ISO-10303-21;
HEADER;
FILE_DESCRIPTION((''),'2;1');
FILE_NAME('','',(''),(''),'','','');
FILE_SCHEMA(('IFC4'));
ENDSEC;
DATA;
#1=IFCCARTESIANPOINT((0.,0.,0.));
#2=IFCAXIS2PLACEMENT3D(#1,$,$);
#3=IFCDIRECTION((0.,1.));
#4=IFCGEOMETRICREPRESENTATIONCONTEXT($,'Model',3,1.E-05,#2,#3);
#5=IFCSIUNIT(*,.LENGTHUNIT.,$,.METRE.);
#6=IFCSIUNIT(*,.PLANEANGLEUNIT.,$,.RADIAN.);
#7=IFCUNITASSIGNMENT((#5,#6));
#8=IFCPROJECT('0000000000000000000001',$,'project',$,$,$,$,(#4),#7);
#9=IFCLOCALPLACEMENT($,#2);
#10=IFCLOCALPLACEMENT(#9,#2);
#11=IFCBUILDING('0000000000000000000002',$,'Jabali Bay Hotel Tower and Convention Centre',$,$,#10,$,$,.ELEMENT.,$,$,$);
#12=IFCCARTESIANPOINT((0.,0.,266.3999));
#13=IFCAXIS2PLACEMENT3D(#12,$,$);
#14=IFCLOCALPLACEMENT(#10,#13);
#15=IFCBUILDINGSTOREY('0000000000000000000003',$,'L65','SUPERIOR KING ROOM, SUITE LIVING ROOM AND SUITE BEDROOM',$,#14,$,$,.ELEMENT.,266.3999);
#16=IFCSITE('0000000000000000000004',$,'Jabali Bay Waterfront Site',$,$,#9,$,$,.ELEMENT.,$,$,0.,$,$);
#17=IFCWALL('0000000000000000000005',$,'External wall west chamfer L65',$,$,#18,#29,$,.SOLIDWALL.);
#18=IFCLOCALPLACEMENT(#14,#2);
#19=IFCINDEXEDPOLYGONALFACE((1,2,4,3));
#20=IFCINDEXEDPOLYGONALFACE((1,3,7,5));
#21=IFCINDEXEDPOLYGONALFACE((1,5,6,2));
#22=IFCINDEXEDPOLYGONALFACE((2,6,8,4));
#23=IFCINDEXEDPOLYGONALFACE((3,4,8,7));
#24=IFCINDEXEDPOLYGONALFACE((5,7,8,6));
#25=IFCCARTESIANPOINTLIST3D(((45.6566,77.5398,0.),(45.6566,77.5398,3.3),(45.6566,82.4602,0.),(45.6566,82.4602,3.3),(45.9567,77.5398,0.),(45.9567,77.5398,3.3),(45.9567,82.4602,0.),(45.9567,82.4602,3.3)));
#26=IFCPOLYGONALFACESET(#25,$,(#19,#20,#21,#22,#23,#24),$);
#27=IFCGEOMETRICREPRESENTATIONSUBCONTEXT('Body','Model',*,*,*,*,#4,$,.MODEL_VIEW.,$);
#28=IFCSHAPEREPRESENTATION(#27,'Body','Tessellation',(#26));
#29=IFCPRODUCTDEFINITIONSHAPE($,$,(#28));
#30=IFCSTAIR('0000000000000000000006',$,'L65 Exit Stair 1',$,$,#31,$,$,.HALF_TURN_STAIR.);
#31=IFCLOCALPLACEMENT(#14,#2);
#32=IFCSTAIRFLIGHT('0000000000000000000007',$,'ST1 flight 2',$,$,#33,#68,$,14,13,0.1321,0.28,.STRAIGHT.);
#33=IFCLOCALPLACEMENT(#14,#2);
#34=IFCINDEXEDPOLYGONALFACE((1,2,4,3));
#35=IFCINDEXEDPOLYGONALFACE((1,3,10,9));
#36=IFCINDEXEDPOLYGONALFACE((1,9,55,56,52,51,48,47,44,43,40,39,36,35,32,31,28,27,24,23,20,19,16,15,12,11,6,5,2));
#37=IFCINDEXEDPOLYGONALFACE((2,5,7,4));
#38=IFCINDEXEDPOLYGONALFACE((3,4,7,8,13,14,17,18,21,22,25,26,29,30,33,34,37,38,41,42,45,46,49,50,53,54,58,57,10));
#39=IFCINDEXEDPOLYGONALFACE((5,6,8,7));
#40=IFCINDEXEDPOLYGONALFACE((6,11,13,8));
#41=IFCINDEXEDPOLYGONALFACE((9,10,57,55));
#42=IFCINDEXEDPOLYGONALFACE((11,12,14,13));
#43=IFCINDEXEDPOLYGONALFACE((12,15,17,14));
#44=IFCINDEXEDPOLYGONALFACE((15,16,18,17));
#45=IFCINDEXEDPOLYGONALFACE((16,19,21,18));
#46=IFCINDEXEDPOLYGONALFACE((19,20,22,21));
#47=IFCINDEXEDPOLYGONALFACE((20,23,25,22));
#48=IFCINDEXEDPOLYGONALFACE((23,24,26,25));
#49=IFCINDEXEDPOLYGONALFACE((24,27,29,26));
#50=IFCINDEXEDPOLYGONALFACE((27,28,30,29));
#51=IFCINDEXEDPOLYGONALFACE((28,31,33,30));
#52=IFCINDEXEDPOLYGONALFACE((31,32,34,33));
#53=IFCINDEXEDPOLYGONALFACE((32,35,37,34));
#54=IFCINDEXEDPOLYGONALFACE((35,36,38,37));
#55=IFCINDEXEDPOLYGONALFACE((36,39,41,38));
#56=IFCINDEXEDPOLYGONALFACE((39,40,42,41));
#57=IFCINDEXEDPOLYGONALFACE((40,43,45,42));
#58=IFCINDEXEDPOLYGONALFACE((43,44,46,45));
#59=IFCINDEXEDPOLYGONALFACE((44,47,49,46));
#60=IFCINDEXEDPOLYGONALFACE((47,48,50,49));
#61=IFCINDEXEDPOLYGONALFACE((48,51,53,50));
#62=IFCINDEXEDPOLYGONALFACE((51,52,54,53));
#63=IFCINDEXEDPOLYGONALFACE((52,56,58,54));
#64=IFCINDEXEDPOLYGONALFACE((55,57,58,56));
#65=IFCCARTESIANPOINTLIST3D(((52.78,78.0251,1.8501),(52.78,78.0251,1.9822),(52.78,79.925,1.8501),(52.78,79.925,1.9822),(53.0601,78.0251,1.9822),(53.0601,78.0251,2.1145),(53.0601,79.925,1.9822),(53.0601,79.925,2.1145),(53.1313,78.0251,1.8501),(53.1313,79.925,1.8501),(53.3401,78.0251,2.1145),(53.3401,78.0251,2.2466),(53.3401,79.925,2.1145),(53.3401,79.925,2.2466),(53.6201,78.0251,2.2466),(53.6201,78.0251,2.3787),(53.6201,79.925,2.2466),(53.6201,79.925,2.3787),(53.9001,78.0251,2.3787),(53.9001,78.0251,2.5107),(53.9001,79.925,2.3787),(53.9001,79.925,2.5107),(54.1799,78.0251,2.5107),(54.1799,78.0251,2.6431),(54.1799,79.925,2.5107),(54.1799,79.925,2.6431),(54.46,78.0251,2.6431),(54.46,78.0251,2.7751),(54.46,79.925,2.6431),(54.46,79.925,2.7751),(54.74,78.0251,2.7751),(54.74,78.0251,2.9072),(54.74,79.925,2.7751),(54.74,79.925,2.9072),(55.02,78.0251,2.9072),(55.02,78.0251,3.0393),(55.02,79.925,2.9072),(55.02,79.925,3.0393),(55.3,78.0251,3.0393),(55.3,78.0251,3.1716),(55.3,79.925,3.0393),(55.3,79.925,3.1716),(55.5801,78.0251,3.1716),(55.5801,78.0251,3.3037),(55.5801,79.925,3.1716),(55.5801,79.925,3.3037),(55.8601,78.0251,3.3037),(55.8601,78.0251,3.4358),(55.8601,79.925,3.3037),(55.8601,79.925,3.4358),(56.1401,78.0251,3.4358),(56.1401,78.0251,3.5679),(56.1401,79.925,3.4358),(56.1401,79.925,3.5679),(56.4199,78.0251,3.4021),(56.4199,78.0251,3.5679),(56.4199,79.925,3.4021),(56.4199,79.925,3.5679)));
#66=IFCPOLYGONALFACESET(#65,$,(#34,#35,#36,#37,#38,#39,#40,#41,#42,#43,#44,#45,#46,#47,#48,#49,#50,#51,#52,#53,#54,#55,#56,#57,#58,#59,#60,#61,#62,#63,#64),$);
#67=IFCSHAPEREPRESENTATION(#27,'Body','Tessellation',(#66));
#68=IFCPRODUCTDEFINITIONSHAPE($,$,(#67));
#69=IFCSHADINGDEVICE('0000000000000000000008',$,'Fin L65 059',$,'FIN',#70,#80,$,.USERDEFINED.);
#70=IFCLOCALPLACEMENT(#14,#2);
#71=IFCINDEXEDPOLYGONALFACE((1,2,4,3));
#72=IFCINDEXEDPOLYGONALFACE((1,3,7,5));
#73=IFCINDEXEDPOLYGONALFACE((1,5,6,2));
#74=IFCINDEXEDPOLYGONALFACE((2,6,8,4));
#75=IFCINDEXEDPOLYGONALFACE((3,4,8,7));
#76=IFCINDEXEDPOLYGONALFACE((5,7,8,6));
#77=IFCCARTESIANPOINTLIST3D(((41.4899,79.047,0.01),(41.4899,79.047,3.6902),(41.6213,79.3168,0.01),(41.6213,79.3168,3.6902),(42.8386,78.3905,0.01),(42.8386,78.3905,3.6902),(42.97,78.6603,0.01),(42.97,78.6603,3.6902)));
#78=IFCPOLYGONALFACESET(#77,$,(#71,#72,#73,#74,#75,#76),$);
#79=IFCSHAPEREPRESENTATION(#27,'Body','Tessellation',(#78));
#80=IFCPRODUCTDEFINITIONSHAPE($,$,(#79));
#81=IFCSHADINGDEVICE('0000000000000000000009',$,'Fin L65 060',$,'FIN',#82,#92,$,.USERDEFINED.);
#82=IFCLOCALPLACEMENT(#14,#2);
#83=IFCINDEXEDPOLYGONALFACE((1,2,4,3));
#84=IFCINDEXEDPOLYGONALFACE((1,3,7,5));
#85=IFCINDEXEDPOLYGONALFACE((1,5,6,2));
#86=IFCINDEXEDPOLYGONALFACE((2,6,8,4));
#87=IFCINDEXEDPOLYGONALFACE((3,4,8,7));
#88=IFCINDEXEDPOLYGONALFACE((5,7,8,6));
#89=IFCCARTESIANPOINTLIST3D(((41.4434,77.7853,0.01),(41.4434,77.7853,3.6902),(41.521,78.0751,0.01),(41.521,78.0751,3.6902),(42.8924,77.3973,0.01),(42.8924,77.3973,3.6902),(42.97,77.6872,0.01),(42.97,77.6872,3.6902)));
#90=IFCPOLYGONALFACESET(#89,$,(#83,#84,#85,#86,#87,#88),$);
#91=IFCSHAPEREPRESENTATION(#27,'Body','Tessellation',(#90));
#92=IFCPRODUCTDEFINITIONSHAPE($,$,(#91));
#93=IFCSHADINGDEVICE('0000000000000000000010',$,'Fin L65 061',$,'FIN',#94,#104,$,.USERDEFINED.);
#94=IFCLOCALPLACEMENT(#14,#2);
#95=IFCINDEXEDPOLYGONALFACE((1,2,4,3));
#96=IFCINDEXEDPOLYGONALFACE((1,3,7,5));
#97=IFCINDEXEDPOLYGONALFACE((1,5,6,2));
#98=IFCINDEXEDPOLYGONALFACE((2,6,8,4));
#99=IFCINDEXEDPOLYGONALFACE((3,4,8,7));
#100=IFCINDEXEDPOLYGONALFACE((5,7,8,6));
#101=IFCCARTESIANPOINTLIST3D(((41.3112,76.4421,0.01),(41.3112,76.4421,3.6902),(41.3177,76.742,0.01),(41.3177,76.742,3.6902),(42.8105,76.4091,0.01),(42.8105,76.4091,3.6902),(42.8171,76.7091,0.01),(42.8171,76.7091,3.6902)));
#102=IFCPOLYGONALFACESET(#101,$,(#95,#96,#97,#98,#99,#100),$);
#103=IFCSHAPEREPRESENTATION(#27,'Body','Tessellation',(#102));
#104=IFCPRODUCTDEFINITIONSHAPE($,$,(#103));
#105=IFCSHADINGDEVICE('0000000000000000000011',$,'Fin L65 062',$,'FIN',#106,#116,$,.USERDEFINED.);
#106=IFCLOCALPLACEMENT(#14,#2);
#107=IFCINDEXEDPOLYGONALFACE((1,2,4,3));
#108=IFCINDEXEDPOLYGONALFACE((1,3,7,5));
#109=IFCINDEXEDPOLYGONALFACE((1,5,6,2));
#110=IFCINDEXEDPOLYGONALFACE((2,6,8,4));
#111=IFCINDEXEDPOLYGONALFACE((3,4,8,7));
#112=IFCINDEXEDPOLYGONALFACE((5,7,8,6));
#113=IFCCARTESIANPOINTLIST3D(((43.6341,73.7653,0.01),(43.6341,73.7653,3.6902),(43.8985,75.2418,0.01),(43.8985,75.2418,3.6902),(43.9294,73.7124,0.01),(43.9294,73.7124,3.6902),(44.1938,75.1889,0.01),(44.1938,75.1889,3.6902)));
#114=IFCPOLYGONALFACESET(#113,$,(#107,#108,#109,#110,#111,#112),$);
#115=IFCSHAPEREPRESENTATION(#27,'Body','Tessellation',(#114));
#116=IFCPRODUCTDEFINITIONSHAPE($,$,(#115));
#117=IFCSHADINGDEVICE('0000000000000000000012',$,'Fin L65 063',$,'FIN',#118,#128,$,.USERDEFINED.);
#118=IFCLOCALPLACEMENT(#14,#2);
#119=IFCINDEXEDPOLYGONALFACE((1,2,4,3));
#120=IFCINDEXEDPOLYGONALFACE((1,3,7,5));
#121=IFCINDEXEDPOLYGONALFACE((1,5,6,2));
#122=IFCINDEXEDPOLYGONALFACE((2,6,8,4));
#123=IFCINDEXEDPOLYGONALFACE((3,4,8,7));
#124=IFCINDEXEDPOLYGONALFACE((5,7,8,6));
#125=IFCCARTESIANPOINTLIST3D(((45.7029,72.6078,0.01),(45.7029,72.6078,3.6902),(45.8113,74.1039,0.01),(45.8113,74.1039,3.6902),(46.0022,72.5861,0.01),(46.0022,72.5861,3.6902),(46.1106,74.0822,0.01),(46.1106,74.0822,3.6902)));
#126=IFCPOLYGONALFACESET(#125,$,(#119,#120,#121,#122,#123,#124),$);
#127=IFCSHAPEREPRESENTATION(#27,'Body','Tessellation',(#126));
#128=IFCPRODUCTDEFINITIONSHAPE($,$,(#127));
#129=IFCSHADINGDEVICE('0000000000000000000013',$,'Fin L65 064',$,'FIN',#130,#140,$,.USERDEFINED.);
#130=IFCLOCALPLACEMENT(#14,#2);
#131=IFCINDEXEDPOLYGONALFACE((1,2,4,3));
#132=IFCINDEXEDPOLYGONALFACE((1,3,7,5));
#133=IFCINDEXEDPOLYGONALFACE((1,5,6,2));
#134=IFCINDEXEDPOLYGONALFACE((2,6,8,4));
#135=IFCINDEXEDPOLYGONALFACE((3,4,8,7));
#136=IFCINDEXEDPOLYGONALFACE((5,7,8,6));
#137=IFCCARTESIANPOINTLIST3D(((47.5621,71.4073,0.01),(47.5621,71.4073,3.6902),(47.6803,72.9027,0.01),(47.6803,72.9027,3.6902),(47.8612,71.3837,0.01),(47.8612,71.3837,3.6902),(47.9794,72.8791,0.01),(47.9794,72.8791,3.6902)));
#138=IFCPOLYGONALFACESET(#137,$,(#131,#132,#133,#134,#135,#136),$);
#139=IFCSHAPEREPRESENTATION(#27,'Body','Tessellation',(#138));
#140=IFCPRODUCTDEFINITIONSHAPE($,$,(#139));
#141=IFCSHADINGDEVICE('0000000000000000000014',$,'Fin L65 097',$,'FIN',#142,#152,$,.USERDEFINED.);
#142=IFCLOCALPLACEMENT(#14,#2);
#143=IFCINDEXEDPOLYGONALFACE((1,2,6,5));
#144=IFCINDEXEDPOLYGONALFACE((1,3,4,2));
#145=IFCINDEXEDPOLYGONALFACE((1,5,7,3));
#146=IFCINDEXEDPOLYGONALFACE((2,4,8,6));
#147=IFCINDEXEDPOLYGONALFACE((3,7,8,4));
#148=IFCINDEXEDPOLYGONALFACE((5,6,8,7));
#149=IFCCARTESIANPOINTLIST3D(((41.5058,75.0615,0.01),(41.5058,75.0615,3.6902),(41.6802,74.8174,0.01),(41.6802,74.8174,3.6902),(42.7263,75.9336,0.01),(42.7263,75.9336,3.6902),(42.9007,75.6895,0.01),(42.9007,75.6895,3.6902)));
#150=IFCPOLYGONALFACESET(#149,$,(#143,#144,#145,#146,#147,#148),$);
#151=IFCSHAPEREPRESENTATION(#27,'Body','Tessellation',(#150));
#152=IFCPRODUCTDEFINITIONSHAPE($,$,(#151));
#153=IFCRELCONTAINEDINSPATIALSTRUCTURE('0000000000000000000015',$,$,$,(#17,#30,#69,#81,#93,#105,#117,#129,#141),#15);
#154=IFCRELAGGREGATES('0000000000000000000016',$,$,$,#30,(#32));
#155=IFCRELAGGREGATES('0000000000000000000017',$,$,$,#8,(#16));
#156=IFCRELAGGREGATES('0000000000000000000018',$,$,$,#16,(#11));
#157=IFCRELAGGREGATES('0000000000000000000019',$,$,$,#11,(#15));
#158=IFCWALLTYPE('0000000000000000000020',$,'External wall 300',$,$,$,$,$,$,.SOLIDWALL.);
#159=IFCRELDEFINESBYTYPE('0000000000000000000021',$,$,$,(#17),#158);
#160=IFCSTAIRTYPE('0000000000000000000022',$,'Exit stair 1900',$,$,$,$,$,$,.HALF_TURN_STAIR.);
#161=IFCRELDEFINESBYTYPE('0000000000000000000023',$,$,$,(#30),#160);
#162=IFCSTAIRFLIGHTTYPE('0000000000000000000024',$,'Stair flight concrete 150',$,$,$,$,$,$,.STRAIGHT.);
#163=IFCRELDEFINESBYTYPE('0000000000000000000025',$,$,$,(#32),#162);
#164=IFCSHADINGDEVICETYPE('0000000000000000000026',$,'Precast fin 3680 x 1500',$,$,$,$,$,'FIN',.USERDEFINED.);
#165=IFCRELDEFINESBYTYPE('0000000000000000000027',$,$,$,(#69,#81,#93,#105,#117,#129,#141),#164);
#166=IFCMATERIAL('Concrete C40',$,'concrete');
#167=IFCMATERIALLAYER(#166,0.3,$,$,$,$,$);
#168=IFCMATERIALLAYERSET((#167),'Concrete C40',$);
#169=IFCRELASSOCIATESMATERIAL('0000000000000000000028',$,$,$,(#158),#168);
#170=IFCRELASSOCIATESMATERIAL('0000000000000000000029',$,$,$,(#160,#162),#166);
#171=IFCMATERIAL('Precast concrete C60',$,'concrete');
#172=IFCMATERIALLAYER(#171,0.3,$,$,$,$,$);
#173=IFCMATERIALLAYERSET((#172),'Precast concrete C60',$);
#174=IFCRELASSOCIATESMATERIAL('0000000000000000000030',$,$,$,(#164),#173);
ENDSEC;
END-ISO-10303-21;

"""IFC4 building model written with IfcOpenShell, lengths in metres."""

from ifc_helpers import new_model, si_unit, direction, frame, frame_2d, origin, place, context, subcontext, project, spatial, polyline, rectangle, outline, extrude, material, layer, layer_set, type_object, element, aggregate, save


model = new_model("IFC4")

# Units and contexts
model_context = context("Model", 3, precision=1e-05, world=origin(), true_north=direction((0.0, 1.0)))
body_context = subcontext(model_context, "Body", "Model", "MODEL_VIEW")
ifc_project = project(units=[si_unit("LENGTHUNIT", "METRE"), si_unit("PLANEANGLEUNIT", "RADIAN")], contexts=[model_context])

# Site, building, storey
site_placement = place(None, origin())
site = spatial("IfcSite", under=ifc_project, at=site_placement, Name="Jabali Bay Waterfront Site", CompositionType="ELEMENT", RefElevation=0.0)
building_placement = place(site_placement, origin())
building = spatial("IfcBuilding", under=site, at=building_placement, Name="Jabali Bay Hotel Tower and Convention Centre", CompositionType="ELEMENT")
storey_placement = place(building_placement, frame((0.0, 0.0, 266.3999)))
storey = spatial("IfcBuildingStorey", under=building, at=storey_placement, Name="L65", Description="SUPERIOR KING ROOM, SUITE LIVING ROOM AND SUITE BEDROOM", CompositionType="ELEMENT", Elevation=266.3999)

# Shared definitions
ifc_material_1 = material(Name="Concrete C40", Category="concrete")

# Wall
ifc_layer_1 = layer(ifc_material_1, 0.3)
ifc_layer_set_1 = layer_set([ifc_layer_1], Name="Concrete C40")
wall_type_1 = type_object("IfcWallType", Name="External wall 300", PredefinedType="SOLIDWALL", material=ifc_layer_set_1)
wall_1_placement = place(storey_placement, frame((45.8066, 77.5398, 0.0), z_axis=(0.0, 0.0, 1.0), x_axis=(0.0, 1.0, 0.0)))
element("IfcWall", 1, at=wall_1_placement, inside=storey, type_object=wall_type_1, Name="External wall west chamfer L65", PredefinedType="SOLIDWALL", context=body_context, shape_type="SweptSolid", body=[
    extrude(rectangle(XDim=4.9204, YDim=0.3, at=frame_2d((2.4602, 0.0))), origin(), (0.0, 0.0, 1.0), 3.3),
])

# Stair, stair flight
stair_type = type_object("IfcStairType", Name="Exit stair 1900", PredefinedType="HALF_TURN_STAIR", material=ifc_material_1)
stair_placement = place(storey_placement, origin())
stair = element("IfcStair", 2, at=stair_placement, inside=storey, type_object=stair_type, Name="L65 Exit Stair 1", PredefinedType="HALF_TURN_STAIR")
stair_flight_type = type_object("IfcStairFlightType", Name="Stair flight concrete 150", PredefinedType="STRAIGHT", material=ifc_material_1)
stair_flight_placement = place(storey_placement, frame((52.78, 78.9751, 1.8501), z_axis=(0.0, 0.0, 1.0), x_axis=(1.0, 0.0, 0.0)))
stair_flight = element("IfcStairFlight", 3, at=stair_flight_placement, type_object=stair_flight_type, Name="ST1 flight 2", NumberOfRisers=14, NumberOfTreads=13, PredefinedType="STRAIGHT", RiserHeight=0.1321, TreadLength=0.28, context=body_context, shape_type="SweptSolid", body=[
    extrude(outline(polyline([(0.0, 0.0), (0.0, 0.1321), (0.28, 0.1321), (0.28, 0.2644), (0.5601, 0.2644), (0.5601, 0.3965), (0.8401, 0.3965), (0.8401, 0.5286), (1.1201, 0.5286), (1.1201, 0.6606), (1.3999, 0.6606), (1.3999, 0.793), (1.6799, 0.793), (1.6799, 0.925), (1.96, 0.925), (1.96, 1.0571), (2.24, 1.0571), (2.24, 1.1892), (2.52, 1.1892), (2.52, 1.3215), (2.8, 1.3215), (2.8, 1.4536), (3.0801, 1.4536), (3.0801, 1.5857), (3.3601, 1.5857), (3.3601, 1.7178), (3.6399, 1.7178), (3.6399, 1.8501), (3.6399, 1.552), (0.3513, 0.0), (0.0, 0.0)])), frame((0.0, 0.95, 0.0), z_axis=(0.0, -1.0, 0.0), x_axis=(1.0, 0.0, 0.0)), (0.0, 0.0, 1.0), 1.8999),
])
aggregate(stair, [stair_flight])

# Shading devices
ifc_material_2 = material(Name="Precast concrete C60", Category="concrete")
ifc_layer_2 = layer(ifc_material_2, 0.3)
ifc_layer_set_2 = layer_set([ifc_layer_2], Name="Precast concrete C60")
shading_device_type = type_object("IfcShadingDeviceType", Name="Precast fin 3680 x 1500", ElementType="FIN", PredefinedType="USERDEFINED", material=ifc_layer_set_2)
for number, where, z_axis, x_axis, name in (
    (4, (42.9043, 78.5254, 0.01), (0.0, 0.0, 1.0), (-0.899129, 0.437683, 0.0), "Fin L65 059"),
    (5, (42.9312, 77.5422, 0.01), (0.0, 0.0, 1.0), (-0.965978, 0.258625, 0.0), "Fin L65 060"),
):
    element("IfcShadingDevice", number, at=place(storey_placement, frame(where, z_axis=z_axis, x_axis=x_axis)), inside=storey, type_object=shading_device_type, Name=name, ObjectType="FIN", PredefinedType="USERDEFINED", context=body_context, shape_type="SweptSolid", body=[
        extrude(rectangle(XDim=1.5, YDim=0.3, at=frame_2d((0.75, 0.0))), origin(), (0.0, 0.0, 1.0), 3.6802),
    ])
shading_device_placement = place(storey_placement, frame((42.814, 76.5591, 0.01), z_axis=(0.0, 0.0, 1.0), x_axis=(-0.999759, 0.021975, 0.0)))
element("IfcShadingDevice", 6, at=shading_device_placement, inside=storey, type_object=shading_device_type, Name="Fin L65 061", ObjectType="FIN", PredefinedType="USERDEFINED", context=body_context, shape_type="SweptSolid", body=[
    extrude(rectangle(XDim=1.4998, YDim=0.3, at=frame_2d((0.75, 0.0))), origin(), (0.0, 0.0, 1.0), 3.6802),
])
for number, where, z_axis, x_axis, name in (
    (7, (44.0461, 75.2153, 0.01), (0.0, 0.0, 1.0), (-0.176264, -0.984343, 0.0), "Fin L65 062"),
    (8, (45.9609, 74.093, 0.01), (0.0, 0.0, 1.0), (-0.072265, -0.997385, 0.0), "Fin L65 063"),
    (9, (47.8298, 72.8909, 0.01), (0.0, 0.0, 1.0), (-0.078775, -0.996892, 0.0), "Fin L65 064"),
    (10, (42.8135, 75.8115, 0.01), (0.0, 0.0, 1.0), (-0.813634, -0.581377, 0.0), "Fin L65 097"),
):
    element("IfcShadingDevice", number, at=place(storey_placement, frame(where, z_axis=z_axis, x_axis=x_axis)), inside=storey, type_object=shading_device_type, Name=name, ObjectType="FIN", PredefinedType="USERDEFINED", context=body_context, shape_type="SweptSolid", body=[
        extrude(rectangle(XDim=1.5, YDim=0.3, at=frame_2d((0.75, 0.0))), origin(), (0.0, 0.0, 1.0), 3.6802),
    ])

save(model, "model.ifc")
